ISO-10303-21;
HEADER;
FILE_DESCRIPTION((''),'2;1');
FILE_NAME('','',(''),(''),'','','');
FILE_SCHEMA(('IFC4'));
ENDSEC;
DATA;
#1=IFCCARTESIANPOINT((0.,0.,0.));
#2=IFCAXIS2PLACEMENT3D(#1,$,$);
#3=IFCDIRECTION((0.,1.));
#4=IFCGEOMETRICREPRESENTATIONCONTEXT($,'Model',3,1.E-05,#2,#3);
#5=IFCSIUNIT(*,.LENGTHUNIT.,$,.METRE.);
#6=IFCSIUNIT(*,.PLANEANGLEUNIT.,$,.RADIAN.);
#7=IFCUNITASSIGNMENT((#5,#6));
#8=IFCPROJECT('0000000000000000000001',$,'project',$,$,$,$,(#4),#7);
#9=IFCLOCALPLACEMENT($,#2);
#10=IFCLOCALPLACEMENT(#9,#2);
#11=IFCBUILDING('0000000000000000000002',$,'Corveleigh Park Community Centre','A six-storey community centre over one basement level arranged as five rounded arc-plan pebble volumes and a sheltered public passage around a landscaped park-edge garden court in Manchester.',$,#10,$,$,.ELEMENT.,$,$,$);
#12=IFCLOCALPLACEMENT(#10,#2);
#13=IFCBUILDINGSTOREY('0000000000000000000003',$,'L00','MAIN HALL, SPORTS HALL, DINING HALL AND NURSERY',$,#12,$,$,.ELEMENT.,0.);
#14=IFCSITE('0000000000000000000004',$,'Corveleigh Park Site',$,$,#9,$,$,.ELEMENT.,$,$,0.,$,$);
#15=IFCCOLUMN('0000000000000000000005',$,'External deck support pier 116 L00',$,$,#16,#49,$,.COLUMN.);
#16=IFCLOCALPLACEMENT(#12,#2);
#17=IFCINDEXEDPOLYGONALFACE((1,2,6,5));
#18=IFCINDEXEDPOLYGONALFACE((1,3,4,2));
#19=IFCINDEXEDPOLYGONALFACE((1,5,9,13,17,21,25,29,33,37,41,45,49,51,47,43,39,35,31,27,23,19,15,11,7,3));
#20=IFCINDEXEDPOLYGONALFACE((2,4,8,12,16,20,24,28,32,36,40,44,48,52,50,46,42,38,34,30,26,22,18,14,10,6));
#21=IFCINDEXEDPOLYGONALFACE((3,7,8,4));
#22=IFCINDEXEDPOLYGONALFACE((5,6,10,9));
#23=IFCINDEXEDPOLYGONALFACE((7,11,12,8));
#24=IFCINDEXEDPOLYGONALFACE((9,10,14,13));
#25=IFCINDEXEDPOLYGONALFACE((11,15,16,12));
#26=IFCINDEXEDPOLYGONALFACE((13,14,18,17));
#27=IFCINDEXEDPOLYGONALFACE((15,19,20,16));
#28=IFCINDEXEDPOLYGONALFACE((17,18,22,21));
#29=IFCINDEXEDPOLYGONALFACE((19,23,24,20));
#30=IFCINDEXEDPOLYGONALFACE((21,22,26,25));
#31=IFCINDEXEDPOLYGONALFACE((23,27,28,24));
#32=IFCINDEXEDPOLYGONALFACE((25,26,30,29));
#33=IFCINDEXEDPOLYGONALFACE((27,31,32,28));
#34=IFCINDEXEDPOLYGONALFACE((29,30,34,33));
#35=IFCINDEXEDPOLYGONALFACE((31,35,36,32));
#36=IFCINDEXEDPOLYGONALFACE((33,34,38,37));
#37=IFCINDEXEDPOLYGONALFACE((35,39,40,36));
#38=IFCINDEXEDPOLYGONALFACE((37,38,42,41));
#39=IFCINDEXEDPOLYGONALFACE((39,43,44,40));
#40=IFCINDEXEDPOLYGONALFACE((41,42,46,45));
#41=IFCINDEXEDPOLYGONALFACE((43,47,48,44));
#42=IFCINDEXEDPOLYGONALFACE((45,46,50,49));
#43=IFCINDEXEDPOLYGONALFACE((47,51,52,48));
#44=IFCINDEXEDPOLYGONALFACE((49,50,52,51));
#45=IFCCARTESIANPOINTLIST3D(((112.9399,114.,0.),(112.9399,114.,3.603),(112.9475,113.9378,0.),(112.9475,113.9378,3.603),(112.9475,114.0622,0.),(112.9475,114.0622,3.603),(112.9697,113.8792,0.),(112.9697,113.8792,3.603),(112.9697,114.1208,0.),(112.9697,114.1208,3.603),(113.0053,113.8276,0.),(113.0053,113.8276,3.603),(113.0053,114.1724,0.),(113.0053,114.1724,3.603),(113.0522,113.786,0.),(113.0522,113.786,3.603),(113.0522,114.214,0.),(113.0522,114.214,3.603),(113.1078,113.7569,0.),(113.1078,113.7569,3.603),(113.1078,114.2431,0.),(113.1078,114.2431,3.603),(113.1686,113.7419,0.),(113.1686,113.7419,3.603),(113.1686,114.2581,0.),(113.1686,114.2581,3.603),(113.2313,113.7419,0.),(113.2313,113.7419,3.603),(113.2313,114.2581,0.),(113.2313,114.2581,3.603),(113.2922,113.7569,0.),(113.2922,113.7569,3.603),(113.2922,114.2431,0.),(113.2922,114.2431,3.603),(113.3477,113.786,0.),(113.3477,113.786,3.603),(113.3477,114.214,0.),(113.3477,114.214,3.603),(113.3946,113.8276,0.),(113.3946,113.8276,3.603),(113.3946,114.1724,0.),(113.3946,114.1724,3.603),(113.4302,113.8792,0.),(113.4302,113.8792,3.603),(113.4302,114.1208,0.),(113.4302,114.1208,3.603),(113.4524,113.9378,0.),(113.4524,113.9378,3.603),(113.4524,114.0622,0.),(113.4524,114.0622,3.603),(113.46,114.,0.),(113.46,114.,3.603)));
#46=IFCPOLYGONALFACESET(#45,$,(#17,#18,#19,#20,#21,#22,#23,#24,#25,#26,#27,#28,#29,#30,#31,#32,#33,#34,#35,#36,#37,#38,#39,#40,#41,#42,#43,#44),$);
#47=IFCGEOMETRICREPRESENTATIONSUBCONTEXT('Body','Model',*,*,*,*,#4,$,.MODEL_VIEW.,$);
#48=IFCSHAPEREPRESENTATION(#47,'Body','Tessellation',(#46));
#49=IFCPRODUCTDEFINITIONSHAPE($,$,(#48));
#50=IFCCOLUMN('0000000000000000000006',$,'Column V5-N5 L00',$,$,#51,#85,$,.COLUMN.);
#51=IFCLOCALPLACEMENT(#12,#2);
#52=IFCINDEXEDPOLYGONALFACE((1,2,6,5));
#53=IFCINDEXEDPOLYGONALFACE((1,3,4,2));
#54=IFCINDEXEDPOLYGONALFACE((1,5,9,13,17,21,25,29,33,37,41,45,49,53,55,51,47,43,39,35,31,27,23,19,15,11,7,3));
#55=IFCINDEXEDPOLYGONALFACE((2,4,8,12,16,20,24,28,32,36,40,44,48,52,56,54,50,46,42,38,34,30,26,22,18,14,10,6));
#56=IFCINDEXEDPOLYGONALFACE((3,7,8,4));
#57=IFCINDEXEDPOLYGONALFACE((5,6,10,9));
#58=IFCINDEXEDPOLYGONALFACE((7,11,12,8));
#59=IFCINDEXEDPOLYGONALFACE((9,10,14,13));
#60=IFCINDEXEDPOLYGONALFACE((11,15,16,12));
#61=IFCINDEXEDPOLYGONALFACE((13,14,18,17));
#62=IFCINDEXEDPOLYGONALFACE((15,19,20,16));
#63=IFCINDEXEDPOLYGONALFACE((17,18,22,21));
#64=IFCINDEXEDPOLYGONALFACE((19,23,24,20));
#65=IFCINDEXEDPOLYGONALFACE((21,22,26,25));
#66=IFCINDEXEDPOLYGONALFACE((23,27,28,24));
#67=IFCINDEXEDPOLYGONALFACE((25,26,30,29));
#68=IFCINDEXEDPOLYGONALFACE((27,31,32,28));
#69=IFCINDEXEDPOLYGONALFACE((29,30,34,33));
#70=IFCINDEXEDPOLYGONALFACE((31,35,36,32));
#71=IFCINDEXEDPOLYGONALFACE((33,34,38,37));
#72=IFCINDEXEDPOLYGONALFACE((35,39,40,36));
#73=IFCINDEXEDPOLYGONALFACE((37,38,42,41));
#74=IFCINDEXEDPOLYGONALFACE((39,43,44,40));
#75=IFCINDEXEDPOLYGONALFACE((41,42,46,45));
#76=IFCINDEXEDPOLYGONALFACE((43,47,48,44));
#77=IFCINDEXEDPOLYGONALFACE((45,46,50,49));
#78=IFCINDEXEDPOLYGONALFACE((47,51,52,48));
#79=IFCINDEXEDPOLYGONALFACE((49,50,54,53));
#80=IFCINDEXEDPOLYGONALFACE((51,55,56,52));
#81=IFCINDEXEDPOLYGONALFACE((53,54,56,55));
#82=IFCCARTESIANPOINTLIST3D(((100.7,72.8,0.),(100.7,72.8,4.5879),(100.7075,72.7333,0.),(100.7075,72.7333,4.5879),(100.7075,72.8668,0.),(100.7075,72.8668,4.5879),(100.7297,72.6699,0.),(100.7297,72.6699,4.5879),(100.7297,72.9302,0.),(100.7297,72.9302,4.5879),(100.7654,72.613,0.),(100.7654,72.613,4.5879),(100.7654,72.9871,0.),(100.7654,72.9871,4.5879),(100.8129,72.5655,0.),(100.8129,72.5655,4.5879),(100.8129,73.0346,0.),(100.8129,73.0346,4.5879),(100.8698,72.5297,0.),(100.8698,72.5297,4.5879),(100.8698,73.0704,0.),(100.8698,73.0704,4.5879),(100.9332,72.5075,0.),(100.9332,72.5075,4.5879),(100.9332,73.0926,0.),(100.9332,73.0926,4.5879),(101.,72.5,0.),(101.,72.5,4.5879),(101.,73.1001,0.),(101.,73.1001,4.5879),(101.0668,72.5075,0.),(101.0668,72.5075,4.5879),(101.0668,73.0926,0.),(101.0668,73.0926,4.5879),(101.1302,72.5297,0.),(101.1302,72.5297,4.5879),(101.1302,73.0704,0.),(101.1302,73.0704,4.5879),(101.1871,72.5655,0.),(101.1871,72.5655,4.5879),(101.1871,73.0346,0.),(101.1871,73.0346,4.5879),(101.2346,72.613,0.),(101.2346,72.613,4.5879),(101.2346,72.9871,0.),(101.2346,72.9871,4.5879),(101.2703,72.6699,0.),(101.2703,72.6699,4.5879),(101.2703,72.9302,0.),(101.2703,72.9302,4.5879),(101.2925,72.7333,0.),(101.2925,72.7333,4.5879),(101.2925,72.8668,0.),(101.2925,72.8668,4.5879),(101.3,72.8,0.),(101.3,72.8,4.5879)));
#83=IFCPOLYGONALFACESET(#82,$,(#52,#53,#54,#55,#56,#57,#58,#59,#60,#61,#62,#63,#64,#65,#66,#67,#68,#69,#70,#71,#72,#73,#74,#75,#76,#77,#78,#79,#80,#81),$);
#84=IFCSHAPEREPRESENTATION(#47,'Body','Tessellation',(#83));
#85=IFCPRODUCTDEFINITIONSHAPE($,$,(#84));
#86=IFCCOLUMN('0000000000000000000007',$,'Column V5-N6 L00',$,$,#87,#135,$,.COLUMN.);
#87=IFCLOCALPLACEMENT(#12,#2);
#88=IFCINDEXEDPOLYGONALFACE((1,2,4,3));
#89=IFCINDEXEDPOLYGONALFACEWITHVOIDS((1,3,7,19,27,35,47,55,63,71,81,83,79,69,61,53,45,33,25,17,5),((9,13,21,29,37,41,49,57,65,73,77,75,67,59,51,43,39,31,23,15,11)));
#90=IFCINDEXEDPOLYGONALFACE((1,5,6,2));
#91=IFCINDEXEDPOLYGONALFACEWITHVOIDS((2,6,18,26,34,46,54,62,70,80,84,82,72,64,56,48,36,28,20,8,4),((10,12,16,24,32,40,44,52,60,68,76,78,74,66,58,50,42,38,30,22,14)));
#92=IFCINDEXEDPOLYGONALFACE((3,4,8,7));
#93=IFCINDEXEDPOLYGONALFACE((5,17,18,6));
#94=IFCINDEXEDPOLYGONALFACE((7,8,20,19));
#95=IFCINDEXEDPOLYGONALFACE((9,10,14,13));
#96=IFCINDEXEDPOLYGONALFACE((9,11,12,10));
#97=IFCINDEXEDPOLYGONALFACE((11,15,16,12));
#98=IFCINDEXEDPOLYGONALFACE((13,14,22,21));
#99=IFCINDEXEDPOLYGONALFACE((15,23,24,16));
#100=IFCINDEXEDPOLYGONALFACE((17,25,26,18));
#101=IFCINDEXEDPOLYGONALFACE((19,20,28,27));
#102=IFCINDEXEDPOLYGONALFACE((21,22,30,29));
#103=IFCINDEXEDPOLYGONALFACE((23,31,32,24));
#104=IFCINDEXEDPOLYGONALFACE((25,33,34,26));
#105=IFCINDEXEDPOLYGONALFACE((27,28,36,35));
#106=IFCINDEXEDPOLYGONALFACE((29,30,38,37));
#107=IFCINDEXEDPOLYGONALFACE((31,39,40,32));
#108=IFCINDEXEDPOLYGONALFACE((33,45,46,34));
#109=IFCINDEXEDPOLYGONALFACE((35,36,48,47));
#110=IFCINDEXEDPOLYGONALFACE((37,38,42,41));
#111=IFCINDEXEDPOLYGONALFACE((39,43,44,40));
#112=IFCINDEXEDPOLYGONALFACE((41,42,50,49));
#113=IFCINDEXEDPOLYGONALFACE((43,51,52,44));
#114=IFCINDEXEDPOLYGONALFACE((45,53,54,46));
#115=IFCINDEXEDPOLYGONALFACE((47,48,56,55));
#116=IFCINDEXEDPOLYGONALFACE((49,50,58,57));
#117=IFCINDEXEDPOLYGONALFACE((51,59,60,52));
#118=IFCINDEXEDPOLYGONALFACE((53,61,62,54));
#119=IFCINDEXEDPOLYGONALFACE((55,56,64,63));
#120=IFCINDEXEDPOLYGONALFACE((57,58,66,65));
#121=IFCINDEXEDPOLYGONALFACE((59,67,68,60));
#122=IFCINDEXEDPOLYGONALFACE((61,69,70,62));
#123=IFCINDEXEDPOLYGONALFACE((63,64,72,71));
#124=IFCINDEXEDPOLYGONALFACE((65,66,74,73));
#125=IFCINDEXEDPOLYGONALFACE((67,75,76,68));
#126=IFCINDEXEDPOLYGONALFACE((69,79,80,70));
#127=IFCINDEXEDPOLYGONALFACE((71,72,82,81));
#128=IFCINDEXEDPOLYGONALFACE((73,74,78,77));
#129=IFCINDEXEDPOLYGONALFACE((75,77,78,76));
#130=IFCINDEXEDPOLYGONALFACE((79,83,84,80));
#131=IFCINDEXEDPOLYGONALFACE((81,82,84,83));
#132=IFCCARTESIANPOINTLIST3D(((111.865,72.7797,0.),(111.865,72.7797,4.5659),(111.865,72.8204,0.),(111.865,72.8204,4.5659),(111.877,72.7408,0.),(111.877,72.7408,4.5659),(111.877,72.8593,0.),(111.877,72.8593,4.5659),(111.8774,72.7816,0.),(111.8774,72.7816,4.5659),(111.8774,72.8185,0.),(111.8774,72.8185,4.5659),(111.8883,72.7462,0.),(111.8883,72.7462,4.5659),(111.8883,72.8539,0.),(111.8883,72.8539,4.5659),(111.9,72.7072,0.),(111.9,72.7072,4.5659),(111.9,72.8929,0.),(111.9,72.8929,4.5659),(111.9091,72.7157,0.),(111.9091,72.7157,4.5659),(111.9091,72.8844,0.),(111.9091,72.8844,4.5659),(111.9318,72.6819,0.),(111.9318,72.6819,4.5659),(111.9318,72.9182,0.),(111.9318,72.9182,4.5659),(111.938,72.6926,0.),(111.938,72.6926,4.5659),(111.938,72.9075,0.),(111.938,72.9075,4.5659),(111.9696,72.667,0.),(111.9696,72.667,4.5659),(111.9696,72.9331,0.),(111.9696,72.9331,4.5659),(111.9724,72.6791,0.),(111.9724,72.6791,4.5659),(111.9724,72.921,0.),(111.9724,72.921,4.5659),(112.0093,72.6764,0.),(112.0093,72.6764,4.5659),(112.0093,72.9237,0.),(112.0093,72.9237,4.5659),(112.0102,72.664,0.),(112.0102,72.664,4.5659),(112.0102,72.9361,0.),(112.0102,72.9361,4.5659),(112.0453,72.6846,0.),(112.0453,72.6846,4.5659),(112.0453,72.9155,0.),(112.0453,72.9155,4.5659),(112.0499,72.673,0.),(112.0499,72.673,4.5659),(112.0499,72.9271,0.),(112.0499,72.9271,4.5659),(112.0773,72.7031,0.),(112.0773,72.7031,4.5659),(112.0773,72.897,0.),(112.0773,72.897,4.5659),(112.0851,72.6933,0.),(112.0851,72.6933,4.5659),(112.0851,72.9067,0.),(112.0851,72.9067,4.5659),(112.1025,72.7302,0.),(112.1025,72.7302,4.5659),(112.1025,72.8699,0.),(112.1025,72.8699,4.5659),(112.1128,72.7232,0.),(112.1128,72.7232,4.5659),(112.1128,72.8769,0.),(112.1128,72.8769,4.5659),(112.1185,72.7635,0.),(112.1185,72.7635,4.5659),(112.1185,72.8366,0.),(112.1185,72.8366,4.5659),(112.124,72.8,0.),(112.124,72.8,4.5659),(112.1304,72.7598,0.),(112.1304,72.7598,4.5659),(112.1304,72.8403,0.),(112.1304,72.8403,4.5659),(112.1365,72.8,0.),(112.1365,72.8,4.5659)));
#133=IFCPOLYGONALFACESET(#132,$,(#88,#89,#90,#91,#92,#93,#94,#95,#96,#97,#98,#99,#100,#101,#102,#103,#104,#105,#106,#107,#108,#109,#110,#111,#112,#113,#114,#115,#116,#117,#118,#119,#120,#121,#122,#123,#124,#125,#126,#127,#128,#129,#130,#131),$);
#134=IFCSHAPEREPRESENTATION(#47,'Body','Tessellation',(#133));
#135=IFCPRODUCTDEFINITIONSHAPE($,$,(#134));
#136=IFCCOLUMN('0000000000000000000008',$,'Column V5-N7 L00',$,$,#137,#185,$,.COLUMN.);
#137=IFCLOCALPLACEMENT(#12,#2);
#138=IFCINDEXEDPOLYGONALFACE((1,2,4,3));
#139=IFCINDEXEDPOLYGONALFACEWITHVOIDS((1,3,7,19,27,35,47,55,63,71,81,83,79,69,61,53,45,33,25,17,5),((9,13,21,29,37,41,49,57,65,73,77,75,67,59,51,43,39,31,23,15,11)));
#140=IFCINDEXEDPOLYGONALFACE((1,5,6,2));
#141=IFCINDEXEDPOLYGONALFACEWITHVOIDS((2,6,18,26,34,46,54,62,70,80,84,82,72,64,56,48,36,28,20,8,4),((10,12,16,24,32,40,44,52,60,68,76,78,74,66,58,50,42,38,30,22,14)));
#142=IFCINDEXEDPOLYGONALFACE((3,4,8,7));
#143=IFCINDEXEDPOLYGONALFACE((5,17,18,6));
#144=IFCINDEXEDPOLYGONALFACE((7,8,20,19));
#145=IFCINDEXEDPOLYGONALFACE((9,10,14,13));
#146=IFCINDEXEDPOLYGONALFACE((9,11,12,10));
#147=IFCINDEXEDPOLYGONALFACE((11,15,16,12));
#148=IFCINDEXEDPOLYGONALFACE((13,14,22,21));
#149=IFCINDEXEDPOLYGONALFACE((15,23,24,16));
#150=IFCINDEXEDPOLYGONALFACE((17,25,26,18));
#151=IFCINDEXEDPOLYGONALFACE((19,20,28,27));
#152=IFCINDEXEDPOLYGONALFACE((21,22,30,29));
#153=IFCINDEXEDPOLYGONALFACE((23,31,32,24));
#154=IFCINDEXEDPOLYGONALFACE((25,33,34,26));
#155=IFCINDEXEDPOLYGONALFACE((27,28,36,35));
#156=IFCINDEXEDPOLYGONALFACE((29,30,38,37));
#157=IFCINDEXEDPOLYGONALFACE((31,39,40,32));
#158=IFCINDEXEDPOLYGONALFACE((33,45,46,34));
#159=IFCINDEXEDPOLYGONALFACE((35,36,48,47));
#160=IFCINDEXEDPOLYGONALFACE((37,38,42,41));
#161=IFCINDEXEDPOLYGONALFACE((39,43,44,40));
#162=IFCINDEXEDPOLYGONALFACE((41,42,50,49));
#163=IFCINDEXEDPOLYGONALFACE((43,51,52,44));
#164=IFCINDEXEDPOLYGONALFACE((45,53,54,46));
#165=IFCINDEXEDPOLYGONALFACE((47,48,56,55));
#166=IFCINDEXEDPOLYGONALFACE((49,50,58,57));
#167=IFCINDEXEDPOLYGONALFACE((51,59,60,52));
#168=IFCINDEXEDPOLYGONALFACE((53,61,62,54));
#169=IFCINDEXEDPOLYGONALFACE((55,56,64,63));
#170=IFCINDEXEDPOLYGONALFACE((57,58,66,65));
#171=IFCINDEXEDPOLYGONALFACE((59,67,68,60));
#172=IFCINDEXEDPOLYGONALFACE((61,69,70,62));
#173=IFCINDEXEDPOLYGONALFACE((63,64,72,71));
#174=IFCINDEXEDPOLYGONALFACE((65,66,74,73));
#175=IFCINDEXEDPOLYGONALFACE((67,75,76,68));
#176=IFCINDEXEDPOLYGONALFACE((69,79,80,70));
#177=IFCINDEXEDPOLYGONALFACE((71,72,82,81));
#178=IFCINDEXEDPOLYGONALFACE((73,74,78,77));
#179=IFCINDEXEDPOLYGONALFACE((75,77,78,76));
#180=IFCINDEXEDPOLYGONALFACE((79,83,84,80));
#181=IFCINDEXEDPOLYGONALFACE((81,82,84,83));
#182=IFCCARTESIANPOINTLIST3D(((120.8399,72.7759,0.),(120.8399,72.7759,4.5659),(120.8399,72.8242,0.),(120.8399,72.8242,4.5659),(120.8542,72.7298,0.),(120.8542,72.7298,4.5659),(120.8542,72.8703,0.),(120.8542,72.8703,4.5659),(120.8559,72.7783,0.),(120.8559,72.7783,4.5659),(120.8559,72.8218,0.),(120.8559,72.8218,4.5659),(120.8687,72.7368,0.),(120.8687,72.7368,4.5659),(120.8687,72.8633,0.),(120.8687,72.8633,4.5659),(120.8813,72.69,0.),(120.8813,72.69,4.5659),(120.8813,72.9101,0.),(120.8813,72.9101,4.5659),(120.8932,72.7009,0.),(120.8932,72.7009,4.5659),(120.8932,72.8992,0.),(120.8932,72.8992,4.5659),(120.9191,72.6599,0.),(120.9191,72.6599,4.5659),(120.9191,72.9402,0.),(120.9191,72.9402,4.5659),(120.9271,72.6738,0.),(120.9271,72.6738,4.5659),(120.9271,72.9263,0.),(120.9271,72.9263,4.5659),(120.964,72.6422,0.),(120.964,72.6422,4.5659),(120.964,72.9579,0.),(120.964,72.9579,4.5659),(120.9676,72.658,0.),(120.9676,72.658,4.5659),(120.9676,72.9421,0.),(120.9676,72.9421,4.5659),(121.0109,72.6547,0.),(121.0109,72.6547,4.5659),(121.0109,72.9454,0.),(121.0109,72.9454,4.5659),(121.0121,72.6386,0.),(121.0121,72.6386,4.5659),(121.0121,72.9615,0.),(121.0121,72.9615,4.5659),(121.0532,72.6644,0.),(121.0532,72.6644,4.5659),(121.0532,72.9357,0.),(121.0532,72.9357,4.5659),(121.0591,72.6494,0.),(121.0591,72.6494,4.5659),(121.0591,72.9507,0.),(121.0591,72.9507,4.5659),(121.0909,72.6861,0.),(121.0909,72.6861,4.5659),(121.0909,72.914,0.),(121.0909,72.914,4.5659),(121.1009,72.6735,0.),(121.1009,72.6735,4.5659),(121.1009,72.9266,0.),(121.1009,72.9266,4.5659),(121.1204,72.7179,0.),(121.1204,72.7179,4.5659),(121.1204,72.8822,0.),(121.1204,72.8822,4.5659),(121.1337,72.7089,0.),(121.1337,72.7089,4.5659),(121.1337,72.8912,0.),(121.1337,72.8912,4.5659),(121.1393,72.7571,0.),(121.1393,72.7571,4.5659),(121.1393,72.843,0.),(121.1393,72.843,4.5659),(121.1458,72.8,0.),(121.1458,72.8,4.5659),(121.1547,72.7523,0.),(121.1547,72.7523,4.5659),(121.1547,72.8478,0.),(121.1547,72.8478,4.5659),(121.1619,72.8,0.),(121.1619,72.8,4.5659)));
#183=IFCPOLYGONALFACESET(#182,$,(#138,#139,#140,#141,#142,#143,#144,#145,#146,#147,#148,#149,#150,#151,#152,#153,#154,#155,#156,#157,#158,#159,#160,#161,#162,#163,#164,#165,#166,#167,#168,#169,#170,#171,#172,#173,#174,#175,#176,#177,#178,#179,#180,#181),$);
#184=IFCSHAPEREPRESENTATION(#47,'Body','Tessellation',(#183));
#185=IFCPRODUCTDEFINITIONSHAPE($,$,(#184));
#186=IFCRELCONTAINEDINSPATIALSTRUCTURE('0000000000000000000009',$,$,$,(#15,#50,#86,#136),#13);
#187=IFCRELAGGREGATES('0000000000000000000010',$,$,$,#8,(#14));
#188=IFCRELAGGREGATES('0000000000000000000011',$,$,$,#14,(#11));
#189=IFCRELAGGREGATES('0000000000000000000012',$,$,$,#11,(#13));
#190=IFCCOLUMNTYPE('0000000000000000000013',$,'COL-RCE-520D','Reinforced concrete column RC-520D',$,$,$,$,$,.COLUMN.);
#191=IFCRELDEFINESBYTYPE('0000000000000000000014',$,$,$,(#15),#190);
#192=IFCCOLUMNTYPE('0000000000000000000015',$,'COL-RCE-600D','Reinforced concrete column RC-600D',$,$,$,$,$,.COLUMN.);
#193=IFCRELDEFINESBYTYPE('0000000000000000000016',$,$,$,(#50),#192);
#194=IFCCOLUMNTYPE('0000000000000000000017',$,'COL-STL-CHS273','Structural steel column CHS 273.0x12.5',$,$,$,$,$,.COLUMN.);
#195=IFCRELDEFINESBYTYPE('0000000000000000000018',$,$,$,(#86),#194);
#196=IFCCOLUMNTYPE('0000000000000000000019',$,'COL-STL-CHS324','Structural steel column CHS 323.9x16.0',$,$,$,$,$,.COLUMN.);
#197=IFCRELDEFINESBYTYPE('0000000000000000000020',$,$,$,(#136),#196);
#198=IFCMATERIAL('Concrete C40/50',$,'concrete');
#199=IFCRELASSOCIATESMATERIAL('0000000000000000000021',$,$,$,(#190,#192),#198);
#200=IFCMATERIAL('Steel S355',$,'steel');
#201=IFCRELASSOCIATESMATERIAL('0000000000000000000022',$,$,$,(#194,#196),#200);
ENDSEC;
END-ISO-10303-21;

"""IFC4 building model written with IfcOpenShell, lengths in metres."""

from ifc_helpers import new_model, si_unit, direction, frame, origin, origin_2d, place, context, subcontext, project, spatial, circle, hollow_circle, extrude, material, material_profile, profile_set, type_object, element, save


model = new_model("IFC4")

# Units and contexts
model_context = context("Model", 3, precision=1e-05, world=origin(), true_north=direction((0.0, 1.0)))
body_context = subcontext(model_context, "Body", "Model", "MODEL_VIEW")
ifc_project = project(units=[si_unit("LENGTHUNIT", "METRE"), si_unit("PLANEANGLEUNIT", "RADIAN")], contexts=[model_context])

# Site, building, storey
site_placement = place(None, origin())
site = spatial("IfcSite", under=ifc_project, at=site_placement, Name="Corveleigh Park Site", CompositionType="ELEMENT", RefElevation=0.0)
building_placement = place(site_placement, origin())
building = spatial("IfcBuilding", under=site, at=building_placement, Name="Corveleigh Park Community Centre", Description="A six-storey community centre over one basement level arranged as five rounded arc-plan pebble volumes and a sheltered public passage around a landscaped park-edge garden court in Manchester.", CompositionType="ELEMENT")
storey_placement = place(building_placement, origin())
storey = spatial("IfcBuildingStorey", under=building, at=storey_placement, Name="L00", Description="MAIN HALL, SPORTS HALL, DINING HALL AND NURSERY", CompositionType="ELEMENT", Elevation=0.0)

# Columns
ifc_material_1 = material(Name="Concrete C40/50", Category="concrete")
ifc_material_profile_1 = material_profile(ifc_material_1, circle(Radius=0.26, at=origin_2d()), Name="RC-520D", Category="concrete")
ifc_profile_set_1 = profile_set([ifc_material_profile_1], Name="Concrete C40/50")
column_type_1 = type_object("IfcColumnType", Name="COL-RCE-520D", Description="Reinforced concrete column RC-520D", PredefinedType="COLUMN", material=ifc_profile_set_1)
for number, where, z_axis, x_axis, name in (
    (1, (113.2, 114.0, 0.0), (0.0, 0.0, 1.0), (1.0, 0.0, 0.0), "External deck support pier 116 L00"),
):
    element("IfcColumn", number, at=place(storey_placement, frame(where, z_axis=z_axis, x_axis=x_axis)), inside=storey, type_object=column_type_1, Name=name, PredefinedType="COLUMN", context=body_context, shape_type="SweptSolid", body=[
        extrude(circle(Radius=0.26, at=origin_2d()), origin(), (0.0, 0.0, 1.0), 3.603),
    ])
ifc_material_profile_2 = material_profile(ifc_material_1, circle(Radius=0.3, at=origin_2d()), Name="RC-600D", Category="concrete")
ifc_profile_set_2 = profile_set([ifc_material_profile_2], Name="Concrete C40/50")
column_type_2 = type_object("IfcColumnType", Name="COL-RCE-600D", Description="Reinforced concrete column RC-600D", PredefinedType="COLUMN", material=ifc_profile_set_2)
column_1_placement = place(storey_placement, frame((101.0, 72.8, 0.0), z_axis=(0.0, 0.0, 1.0), x_axis=(1.0, 0.0, 0.0)))
element("IfcColumn", 2, at=column_1_placement, inside=storey, type_object=column_type_2, Name="Column V5-N5 L00", PredefinedType="COLUMN", context=body_context, shape_type="SweptSolid", body=[
    extrude(circle(Radius=0.3, at=origin_2d()), origin(), (0.0, 0.0, 1.0), 4.5879),
])
ifc_material_2 = material(Name="Steel S355", Category="steel")
ifc_material_profile_3 = material_profile(ifc_material_2, hollow_circle(Radius=0.1365, WallThickness=0.0125, at=origin_2d()), Name="CHS 273.0x12.5", Category="steel")
ifc_profile_set_3 = profile_set([ifc_material_profile_3], Name="Steel S355")
column_type_3 = type_object("IfcColumnType", Name="COL-STL-CHS273", Description="Structural steel column CHS 273.0x12.5", PredefinedType="COLUMN", material=ifc_profile_set_3)
column_2_placement = place(storey_placement, frame((112.0, 72.8, 0.0), z_axis=(0.0, 0.0, 1.0), x_axis=(1.0, 0.0, 0.0)))
element("IfcColumn", 3, at=column_2_placement, inside=storey, type_object=column_type_3, Name="Column V5-N6 L00", PredefinedType="COLUMN", context=body_context, shape_type="SweptSolid", body=[
    extrude(hollow_circle(Radius=0.1365, WallThickness=0.0125, at=origin_2d()), origin(), (0.0, 0.0, 1.0), 4.5659),
])
ifc_material_profile_4 = material_profile(ifc_material_2, hollow_circle(Radius=0.1619, WallThickness=0.0161, at=origin_2d()), Name="CHS 323.9x16.0", Category="steel")
ifc_profile_set_4 = profile_set([ifc_material_profile_4], Name="Steel S355")
column_type_4 = type_object("IfcColumnType", Name="COL-STL-CHS324", Description="Structural steel column CHS 323.9x16.0", PredefinedType="COLUMN", material=ifc_profile_set_4)
column_3_placement = place(storey_placement, frame((121.0, 72.8, 0.0), z_axis=(0.0, 0.0, 1.0), x_axis=(1.0, 0.0, 0.0)))
element("IfcColumn", 4, at=column_3_placement, inside=storey, type_object=column_type_4, Name="Column V5-N7 L00", PredefinedType="COLUMN", context=body_context, shape_type="SweptSolid", body=[
    extrude(hollow_circle(Radius=0.1619, WallThickness=0.0161, at=origin_2d()), origin(), (0.0, 0.0, 1.0), 4.5659),
])

save(model, "model.ifc")
